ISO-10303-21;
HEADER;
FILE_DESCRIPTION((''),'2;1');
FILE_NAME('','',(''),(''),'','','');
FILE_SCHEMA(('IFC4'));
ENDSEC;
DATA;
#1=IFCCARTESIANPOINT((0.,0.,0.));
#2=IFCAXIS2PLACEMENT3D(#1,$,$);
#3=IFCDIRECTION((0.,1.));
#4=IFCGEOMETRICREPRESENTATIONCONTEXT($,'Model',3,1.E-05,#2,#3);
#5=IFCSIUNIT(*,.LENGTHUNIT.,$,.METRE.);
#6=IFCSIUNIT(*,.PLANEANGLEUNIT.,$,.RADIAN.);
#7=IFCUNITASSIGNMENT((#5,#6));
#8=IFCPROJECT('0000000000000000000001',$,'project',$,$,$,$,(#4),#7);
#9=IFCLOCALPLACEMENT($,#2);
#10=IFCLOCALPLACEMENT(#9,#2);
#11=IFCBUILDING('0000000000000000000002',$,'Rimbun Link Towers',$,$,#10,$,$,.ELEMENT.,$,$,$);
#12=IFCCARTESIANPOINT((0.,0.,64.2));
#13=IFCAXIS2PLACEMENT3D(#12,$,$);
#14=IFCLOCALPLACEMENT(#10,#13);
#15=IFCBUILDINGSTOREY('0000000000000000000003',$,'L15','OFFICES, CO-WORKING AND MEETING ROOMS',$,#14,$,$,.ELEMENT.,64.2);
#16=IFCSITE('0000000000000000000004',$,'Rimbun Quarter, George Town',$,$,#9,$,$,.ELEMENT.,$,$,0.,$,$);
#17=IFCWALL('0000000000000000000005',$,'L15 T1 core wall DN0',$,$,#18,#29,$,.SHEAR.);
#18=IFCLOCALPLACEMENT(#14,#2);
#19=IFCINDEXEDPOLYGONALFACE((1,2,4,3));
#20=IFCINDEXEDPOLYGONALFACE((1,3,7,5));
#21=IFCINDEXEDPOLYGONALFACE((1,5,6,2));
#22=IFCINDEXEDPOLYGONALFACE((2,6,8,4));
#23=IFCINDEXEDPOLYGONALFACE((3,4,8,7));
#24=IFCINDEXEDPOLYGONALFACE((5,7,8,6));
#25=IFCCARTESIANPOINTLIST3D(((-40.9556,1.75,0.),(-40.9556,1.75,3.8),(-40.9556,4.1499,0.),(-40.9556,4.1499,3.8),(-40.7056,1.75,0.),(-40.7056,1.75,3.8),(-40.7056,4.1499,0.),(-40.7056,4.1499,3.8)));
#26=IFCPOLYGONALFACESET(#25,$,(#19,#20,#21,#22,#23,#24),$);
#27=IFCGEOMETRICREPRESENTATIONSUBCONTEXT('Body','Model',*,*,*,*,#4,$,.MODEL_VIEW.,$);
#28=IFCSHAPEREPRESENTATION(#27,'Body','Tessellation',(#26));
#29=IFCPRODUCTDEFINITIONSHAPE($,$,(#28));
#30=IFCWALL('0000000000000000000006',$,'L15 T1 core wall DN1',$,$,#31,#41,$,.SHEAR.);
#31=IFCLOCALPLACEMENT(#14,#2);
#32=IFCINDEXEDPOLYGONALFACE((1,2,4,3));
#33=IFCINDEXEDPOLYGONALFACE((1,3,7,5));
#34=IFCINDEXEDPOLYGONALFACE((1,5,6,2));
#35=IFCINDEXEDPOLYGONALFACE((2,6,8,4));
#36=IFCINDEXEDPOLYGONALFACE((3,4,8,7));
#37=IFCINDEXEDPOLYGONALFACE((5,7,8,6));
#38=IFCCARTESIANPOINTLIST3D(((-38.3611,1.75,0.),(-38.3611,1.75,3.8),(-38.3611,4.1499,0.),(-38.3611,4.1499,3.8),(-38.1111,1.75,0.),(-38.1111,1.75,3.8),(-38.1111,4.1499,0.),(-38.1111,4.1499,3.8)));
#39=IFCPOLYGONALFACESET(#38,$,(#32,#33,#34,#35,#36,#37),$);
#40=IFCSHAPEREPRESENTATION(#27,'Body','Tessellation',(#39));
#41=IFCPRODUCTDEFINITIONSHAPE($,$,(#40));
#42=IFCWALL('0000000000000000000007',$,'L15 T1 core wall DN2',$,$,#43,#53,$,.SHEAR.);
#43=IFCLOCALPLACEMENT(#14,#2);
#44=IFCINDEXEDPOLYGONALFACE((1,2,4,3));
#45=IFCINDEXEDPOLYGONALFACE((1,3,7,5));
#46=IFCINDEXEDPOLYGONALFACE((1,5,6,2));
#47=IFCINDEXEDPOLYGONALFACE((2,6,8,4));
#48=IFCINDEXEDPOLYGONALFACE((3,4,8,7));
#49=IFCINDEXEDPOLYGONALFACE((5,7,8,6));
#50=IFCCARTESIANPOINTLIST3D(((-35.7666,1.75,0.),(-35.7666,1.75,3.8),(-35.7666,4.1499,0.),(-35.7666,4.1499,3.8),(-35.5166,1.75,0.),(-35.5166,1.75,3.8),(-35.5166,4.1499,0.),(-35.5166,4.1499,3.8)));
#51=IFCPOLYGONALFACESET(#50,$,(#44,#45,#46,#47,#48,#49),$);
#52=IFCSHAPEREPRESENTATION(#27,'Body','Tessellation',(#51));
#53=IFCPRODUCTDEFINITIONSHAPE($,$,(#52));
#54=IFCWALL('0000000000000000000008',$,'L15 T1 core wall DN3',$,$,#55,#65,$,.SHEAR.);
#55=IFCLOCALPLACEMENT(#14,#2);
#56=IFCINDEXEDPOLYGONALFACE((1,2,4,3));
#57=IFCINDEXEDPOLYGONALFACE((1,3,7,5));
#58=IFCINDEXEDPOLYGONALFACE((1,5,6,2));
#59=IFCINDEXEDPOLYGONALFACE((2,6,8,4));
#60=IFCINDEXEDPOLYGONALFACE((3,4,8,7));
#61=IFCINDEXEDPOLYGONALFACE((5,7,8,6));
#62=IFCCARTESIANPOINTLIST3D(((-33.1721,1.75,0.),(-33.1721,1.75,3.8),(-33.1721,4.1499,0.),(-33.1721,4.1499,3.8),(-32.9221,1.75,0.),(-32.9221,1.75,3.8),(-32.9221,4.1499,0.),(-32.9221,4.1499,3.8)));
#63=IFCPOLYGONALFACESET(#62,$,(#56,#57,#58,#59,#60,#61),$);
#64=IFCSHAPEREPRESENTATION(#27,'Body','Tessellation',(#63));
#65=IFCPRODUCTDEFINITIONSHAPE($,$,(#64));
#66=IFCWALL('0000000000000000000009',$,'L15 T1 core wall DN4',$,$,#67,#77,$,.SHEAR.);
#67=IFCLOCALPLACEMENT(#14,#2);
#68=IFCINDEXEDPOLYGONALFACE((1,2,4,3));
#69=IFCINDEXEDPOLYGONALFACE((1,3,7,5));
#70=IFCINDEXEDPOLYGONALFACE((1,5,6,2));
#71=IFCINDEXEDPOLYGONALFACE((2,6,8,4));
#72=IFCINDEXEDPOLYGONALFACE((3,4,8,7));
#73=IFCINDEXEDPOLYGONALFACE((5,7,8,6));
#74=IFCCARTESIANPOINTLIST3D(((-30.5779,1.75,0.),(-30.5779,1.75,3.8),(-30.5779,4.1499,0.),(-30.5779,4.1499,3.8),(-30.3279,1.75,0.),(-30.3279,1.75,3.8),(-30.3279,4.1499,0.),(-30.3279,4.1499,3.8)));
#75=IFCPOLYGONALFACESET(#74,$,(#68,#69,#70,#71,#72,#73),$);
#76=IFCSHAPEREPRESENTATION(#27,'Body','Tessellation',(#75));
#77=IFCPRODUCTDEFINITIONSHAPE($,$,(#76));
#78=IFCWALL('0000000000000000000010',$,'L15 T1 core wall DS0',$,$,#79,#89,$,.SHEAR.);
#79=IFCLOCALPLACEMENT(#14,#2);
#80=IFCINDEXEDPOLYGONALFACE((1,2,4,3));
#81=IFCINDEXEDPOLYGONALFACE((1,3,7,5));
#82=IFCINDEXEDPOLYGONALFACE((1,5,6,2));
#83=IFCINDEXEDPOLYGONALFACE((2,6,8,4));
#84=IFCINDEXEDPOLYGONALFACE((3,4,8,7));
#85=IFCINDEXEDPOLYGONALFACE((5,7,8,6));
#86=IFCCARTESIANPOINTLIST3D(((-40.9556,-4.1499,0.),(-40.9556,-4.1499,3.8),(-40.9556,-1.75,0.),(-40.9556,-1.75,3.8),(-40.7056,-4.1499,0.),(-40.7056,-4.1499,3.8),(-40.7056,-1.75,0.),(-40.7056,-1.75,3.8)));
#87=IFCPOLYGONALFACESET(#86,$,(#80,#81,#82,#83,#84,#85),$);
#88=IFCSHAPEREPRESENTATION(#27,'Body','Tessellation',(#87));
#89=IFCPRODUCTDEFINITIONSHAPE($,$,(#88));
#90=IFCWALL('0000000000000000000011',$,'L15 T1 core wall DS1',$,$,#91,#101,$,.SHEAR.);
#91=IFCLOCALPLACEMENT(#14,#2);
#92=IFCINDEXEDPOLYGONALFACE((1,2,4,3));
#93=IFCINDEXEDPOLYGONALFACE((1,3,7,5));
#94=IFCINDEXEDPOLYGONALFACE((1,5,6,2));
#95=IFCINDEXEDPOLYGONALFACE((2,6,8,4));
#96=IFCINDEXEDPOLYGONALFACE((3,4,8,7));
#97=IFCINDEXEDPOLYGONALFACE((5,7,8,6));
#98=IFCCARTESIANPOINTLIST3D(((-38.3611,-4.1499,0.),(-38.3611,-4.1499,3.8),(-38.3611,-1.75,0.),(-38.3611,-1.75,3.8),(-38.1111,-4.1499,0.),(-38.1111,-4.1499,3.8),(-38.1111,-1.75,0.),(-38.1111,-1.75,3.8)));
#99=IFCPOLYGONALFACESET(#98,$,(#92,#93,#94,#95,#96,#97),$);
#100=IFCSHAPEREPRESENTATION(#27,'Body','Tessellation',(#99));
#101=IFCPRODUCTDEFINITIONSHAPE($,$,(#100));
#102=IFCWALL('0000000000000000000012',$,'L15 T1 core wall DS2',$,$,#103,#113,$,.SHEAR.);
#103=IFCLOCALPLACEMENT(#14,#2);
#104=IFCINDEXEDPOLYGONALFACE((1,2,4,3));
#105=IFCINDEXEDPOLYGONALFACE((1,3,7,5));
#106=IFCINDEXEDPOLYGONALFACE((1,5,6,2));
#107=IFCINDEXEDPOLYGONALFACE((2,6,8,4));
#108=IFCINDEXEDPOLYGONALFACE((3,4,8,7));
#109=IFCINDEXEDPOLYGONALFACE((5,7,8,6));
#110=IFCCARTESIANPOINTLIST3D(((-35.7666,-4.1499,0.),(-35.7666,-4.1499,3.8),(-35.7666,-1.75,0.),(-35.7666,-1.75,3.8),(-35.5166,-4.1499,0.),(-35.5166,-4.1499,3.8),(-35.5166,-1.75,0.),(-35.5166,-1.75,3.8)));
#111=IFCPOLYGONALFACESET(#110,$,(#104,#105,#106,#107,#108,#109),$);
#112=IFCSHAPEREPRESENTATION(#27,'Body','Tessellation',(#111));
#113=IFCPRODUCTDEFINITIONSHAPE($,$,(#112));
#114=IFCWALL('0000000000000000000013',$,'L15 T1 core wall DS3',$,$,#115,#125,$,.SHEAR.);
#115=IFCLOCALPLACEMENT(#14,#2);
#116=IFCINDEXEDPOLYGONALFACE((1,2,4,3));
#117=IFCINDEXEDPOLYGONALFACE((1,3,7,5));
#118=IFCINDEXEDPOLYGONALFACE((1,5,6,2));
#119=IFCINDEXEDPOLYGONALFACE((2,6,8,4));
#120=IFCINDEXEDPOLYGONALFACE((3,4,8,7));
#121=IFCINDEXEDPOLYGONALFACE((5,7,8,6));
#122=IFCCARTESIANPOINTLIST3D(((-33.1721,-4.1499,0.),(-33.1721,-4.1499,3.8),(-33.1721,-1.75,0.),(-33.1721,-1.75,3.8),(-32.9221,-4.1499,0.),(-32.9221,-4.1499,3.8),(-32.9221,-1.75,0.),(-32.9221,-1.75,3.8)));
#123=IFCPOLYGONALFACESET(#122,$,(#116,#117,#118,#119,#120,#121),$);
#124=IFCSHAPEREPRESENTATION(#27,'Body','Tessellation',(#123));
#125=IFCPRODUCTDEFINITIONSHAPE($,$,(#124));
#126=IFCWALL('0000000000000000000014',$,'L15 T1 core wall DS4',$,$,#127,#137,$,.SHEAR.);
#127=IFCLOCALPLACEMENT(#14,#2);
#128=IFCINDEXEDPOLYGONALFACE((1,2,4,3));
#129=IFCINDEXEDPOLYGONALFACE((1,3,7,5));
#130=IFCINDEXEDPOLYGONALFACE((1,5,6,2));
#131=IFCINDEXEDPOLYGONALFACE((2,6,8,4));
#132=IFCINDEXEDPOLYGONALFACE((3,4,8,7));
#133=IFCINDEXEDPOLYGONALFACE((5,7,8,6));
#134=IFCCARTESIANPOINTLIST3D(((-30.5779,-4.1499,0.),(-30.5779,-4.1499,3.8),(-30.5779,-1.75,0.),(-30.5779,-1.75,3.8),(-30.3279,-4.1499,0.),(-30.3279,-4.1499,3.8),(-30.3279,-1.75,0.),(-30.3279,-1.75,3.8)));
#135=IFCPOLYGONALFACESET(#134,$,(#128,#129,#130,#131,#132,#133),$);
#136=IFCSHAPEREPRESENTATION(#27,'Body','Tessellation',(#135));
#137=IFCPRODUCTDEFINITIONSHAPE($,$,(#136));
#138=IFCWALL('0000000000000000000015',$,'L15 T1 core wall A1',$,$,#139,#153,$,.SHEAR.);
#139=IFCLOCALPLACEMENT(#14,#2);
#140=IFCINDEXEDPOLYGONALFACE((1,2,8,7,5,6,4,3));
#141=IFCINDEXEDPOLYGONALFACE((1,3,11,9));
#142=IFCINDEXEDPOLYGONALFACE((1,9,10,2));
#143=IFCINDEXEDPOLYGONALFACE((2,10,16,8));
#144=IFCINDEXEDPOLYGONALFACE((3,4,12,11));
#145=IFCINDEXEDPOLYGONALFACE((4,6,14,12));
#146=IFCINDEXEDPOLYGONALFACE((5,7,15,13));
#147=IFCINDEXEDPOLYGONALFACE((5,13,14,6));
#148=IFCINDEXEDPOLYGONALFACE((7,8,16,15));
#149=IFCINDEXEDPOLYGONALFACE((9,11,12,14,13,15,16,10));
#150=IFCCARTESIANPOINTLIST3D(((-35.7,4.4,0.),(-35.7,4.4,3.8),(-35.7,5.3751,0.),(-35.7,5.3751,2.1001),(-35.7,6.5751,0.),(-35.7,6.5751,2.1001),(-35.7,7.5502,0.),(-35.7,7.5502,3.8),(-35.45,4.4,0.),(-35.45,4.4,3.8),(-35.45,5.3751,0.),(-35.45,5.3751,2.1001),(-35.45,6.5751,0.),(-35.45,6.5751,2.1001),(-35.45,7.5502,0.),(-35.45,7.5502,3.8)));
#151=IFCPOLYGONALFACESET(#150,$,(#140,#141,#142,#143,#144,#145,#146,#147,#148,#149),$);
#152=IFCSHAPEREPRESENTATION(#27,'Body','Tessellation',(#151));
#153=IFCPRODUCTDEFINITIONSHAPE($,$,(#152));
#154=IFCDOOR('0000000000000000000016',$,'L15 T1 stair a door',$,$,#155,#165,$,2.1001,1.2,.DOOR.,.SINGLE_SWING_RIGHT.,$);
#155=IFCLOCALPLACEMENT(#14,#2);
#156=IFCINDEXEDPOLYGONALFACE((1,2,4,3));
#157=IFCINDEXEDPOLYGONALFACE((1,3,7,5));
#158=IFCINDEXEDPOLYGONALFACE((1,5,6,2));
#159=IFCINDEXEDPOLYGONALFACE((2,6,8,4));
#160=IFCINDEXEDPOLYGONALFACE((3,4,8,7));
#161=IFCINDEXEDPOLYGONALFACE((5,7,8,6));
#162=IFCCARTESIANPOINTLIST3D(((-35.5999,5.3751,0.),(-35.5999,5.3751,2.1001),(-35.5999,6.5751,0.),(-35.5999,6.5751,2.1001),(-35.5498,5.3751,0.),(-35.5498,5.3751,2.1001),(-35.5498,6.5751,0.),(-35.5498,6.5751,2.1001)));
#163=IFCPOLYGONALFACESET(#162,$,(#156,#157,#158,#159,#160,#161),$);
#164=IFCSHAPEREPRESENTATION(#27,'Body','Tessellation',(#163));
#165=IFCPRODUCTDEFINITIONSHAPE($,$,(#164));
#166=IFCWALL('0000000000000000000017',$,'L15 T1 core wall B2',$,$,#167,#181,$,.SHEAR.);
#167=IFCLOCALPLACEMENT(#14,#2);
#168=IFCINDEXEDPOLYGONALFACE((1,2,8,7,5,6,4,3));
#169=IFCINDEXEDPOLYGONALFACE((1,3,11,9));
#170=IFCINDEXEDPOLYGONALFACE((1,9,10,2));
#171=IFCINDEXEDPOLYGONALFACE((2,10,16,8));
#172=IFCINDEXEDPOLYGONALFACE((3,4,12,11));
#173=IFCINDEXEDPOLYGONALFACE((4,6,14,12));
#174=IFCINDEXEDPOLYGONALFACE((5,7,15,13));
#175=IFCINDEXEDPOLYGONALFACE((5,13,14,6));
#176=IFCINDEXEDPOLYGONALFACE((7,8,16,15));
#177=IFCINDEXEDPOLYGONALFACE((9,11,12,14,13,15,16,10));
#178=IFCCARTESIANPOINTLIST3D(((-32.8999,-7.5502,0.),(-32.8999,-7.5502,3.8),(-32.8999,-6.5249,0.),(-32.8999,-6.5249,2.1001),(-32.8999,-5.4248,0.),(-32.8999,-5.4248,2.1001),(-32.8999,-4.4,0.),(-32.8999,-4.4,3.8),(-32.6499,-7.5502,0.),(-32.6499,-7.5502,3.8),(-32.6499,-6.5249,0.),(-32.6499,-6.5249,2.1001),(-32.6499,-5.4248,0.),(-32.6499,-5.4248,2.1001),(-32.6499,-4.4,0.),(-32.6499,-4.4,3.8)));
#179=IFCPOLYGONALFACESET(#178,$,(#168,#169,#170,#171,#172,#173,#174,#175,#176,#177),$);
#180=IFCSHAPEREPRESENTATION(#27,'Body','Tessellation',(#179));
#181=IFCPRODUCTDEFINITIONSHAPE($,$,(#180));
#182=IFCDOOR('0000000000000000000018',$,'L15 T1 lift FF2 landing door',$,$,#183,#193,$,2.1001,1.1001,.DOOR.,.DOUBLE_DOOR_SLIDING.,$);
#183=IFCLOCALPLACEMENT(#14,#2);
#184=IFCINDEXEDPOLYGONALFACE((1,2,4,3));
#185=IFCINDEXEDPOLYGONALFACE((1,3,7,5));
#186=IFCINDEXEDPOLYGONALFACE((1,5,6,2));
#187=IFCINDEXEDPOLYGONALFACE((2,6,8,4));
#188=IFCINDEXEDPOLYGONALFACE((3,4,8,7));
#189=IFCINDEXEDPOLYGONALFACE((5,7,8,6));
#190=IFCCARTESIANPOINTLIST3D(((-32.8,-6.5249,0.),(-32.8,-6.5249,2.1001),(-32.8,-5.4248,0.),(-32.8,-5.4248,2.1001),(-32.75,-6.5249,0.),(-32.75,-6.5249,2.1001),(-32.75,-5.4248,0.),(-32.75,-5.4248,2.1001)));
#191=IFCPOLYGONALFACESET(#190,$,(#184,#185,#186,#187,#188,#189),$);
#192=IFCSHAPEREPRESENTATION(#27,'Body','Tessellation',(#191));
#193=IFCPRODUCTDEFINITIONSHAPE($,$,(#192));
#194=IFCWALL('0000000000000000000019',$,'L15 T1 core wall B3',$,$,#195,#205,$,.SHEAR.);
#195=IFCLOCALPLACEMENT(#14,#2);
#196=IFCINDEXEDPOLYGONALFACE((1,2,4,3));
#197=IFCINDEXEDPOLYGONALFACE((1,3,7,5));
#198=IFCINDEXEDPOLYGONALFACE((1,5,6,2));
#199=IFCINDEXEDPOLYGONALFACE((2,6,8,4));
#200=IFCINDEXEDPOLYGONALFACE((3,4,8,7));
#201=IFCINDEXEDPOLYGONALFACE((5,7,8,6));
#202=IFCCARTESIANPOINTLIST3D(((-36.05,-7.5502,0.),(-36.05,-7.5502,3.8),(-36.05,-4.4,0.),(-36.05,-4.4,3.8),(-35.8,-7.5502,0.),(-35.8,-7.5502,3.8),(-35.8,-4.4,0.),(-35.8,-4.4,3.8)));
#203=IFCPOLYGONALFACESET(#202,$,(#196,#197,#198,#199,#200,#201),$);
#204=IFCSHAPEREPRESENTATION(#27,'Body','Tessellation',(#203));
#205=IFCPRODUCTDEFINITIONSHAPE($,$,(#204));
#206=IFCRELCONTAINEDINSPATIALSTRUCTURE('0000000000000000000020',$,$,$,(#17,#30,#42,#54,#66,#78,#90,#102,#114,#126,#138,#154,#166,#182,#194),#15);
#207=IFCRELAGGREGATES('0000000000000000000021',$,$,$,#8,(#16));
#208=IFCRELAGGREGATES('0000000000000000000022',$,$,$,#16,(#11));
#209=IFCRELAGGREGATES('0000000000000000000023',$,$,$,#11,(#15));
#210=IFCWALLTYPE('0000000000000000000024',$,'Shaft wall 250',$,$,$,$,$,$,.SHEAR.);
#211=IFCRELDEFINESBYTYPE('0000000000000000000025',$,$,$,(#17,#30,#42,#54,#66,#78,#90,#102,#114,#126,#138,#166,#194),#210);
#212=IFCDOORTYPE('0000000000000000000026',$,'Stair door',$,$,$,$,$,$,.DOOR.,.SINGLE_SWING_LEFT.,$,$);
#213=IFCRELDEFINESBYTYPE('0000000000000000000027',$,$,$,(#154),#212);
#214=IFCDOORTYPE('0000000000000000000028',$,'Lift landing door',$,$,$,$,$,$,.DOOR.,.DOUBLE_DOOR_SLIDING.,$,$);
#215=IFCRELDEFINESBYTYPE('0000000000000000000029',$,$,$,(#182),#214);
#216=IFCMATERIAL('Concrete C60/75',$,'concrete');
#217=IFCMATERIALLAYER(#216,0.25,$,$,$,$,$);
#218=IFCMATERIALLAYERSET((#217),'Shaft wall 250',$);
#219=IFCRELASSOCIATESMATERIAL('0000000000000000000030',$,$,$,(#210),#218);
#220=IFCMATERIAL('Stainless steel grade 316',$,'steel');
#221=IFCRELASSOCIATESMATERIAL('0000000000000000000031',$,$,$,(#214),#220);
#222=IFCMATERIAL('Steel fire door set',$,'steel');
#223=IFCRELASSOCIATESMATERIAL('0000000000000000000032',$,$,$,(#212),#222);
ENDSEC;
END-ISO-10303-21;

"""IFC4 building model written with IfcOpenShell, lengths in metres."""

from ifc_helpers import new_model, si_unit, direction, frame, frame_2d, origin, place, context, subcontext, project, spatial, rectangle, extrude, material, layer, layer_set, type_object, element, fill, save


model = new_model("IFC4")

# Units and contexts
model_context = context("Model", 3, precision=1e-05, world=origin(), true_north=direction((0.0, 1.0)))
body_context = subcontext(model_context, "Body", "Model", "MODEL_VIEW")
ifc_project = project(units=[si_unit("LENGTHUNIT", "METRE"), si_unit("PLANEANGLEUNIT", "RADIAN")], contexts=[model_context])

# Site, building, storey
site_placement = place(None, origin())
site = spatial("IfcSite", under=ifc_project, at=site_placement, Name="Rimbun Quarter, George Town", CompositionType="ELEMENT", RefElevation=0.0)
building_placement = place(site_placement, origin())
building = spatial("IfcBuilding", under=site, at=building_placement, Name="Rimbun Link Towers", CompositionType="ELEMENT")
storey_placement = place(building_placement, frame((0.0, 0.0, 64.2)))
storey = spatial("IfcBuildingStorey", under=building, at=storey_placement, Name="L15", Description="OFFICES, CO-WORKING AND MEETING ROOMS", CompositionType="ELEMENT", Elevation=64.2)

# Shared definitions
ifc_material_1 = material(Name="Concrete C60/75", Category="concrete")
ifc_layer_1 = layer(ifc_material_1, 0.25)
ifc_layer_set_1 = layer_set([ifc_layer_1], Name="Shaft wall 250")
wall_type_1 = type_object("IfcWallType", Name="Shaft wall 250", PredefinedType="SHEAR", material=ifc_layer_set_1)

# Shared definitions
ifc_material_2 = material(Name="Stainless steel grade 316", Category="steel")
door_type_1 = type_object("IfcDoorType", Name="Lift landing door", OperationType="DOUBLE_DOOR_SLIDING", PredefinedType="DOOR", material=ifc_material_2)

# Walls
for number, where, z_axis, x_axis, name in (
    (1, (-40.8306, 1.75, 0.0), (0.0, 0.0, 1.0), (0.0, 1.0, 0.0), "L15 T1 core wall DN0"),
    (2, (-38.2361, 1.75, 0.0), (0.0, 0.0, 1.0), (0.0, 1.0, 0.0), "L15 T1 core wall DN1"),
    (3, (-35.6416, 1.75, 0.0), (0.0, 0.0, 1.0), (0.0, 1.0, 0.0), "L15 T1 core wall DN2"),
    (4, (-33.0471, 1.75, 0.0), (0.0, 0.0, 1.0), (0.0, 1.0, 0.0), "L15 T1 core wall DN3"),
    (5, (-30.4529, 1.75, 0.0), (0.0, 0.0, 1.0), (0.0, 1.0, 0.0), "L15 T1 core wall DN4"),
    (6, (-40.8306, -4.1499, 0.0), (0.0, 0.0, 1.0), (0.0, 1.0, 0.0), "L15 T1 core wall DS0"),
    (7, (-38.2361, -4.1499, 0.0), (0.0, 0.0, 1.0), (0.0, 1.0, 0.0), "L15 T1 core wall DS1"),
    (8, (-35.6416, -4.1499, 0.0), (0.0, 0.0, 1.0), (0.0, 1.0, 0.0), "L15 T1 core wall DS2"),
    (9, (-33.0471, -4.1499, 0.0), (0.0, 0.0, 1.0), (0.0, 1.0, 0.0), "L15 T1 core wall DS3"),
    (10, (-30.4529, -4.1499, 0.0), (0.0, 0.0, 1.0), (0.0, 1.0, 0.0), "L15 T1 core wall DS4"),
):
    element("IfcWall", number, at=place(storey_placement, frame(where, z_axis=z_axis, x_axis=x_axis)), inside=storey, type_object=wall_type_1, Name=name, PredefinedType="SHEAR", context=body_context, shape_type="SweptSolid", body=[
        extrude(rectangle(XDim=2.3999, YDim=0.25, at=frame_2d((1.2, 0.0))), origin(), (0.0, 0.0, 1.0), 3.8),
    ])

# Walls, openings, doors
wall_1_placement = place(storey_placement, frame((-35.575, 4.3999, 0.0), z_axis=(0.0, 0.0, 1.0), x_axis=(0.0, 1.0, 0.0)))
wall_1 = element("IfcWall", 11, at=wall_1_placement, inside=storey, type_object=wall_type_1, Name="L15 T1 core wall A1", PredefinedType="SHEAR", context=body_context, shape_type="SweptSolid", body=[
    extrude(rectangle(XDim=3.1501, YDim=0.25, at=frame_2d((1.5752, 0.0))), origin(), (0.0, 0.0, 1.0), 3.8),
])
opening_1_placement = place(wall_1_placement, frame((0.9751, 0.0, 0.0)))
opening_1 = element("IfcOpeningElement", 12, at=opening_1_placement, cuts=wall_1, PredefinedType="OPENING", context=body_context, shape_type="SweptSolid", body=[
    extrude(rectangle(XDim=1.2, YDim=2.1001, at=frame_2d((0.6001, 1.05))), frame((0.0, 0.135, 0.0), z_axis=(0.0, -1.0, 0.0), x_axis=(1.0, 0.0, 0.0)), (0.0, 0.0, 1.0), 0.27),
])
ifc_material_3 = material(Name="Steel fire door set", Category="steel")
door_type_2 = type_object("IfcDoorType", Name="Stair door", OperationType="SINGLE_SWING_LEFT", PredefinedType="DOOR", material=ifc_material_3)
door_1_placement = place(opening_1_placement, origin())
door_1 = element("IfcDoor", 13, at=door_1_placement, inside=storey, type_object=door_type_2, Name="L15 T1 stair a door", OperationType="SINGLE_SWING_RIGHT", OverallHeight=2.1001, OverallWidth=1.2, PredefinedType="DOOR", context=body_context, shape_type="SweptSolid", body=[
    extrude(rectangle(XDim=1.2, YDim=2.1001, at=frame_2d((0.6001, 1.05))), frame((0.0, 0.0249, 0.0), z_axis=(0.0, -1.0, 0.0), x_axis=(1.0, 0.0, 0.0)), (0.0, 0.0, 1.0), 0.05),
])
fill(opening_1, door_1)
wall_2_placement = place(storey_placement, frame((-32.7749, -4.3999, 0.0), z_axis=(0.0, 0.0, 1.0), x_axis=(0.0, -1.0, 0.0)))
wall_2 = element("IfcWall", 14, at=wall_2_placement, inside=storey, type_object=wall_type_1, Name="L15 T1 core wall B2", PredefinedType="SHEAR", context=body_context, shape_type="SweptSolid", body=[
    extrude(rectangle(XDim=3.1501, YDim=0.25, at=frame_2d((1.5752, 0.0))), origin(), (0.0, 0.0, 1.0), 3.8),
])
opening_2_placement = place(wall_2_placement, frame((1.0249, 0.0, 0.0)))
opening_2 = element("IfcOpeningElement", 15, at=opening_2_placement, cuts=wall_2, PredefinedType="OPENING", context=body_context, shape_type="SweptSolid", body=[
    extrude(rectangle(XDim=1.1001, YDim=2.1001, at=frame_2d((0.55, 1.05))), frame((0.0, 0.135, 0.0), z_axis=(0.0, -1.0, 0.0), x_axis=(1.0, 0.0, 0.0)), (0.0, 0.0, 1.0), 0.27),
])
door_2_placement = place(opening_2_placement, origin())
door_2 = element("IfcDoor", 16, at=door_2_placement, inside=storey, type_object=door_type_1, Name="L15 T1 lift FF2 landing door", OperationType="DOUBLE_DOOR_SLIDING", OverallHeight=2.1001, OverallWidth=1.1001, PredefinedType="DOOR", context=body_context, shape_type="SweptSolid", body=[
    extrude(rectangle(XDim=1.1001, YDim=2.1001, at=frame_2d((0.55, 1.05))), frame((0.0, 0.0249, 0.0), z_axis=(0.0, -1.0, 0.0), x_axis=(1.0, 0.0, 0.0)), (0.0, 0.0, 1.0), 0.05),
])
fill(opening_2, door_2)

# Wall
wall_3_placement = place(storey_placement, frame((-35.925, -4.3999, 0.0), z_axis=(0.0, 0.0, 1.0), x_axis=(0.0, -1.0, 0.0)))
element("IfcWall", 17, at=wall_3_placement, inside=storey, type_object=wall_type_1, Name="L15 T1 core wall B3", PredefinedType="SHEAR", context=body_context, shape_type="SweptSolid", body=[
    extrude(rectangle(XDim=3.1501, YDim=0.25, at=frame_2d((1.5752, 0.0))), origin(), (0.0, 0.0, 1.0), 3.8),
])

save(model, "model.ifc")
